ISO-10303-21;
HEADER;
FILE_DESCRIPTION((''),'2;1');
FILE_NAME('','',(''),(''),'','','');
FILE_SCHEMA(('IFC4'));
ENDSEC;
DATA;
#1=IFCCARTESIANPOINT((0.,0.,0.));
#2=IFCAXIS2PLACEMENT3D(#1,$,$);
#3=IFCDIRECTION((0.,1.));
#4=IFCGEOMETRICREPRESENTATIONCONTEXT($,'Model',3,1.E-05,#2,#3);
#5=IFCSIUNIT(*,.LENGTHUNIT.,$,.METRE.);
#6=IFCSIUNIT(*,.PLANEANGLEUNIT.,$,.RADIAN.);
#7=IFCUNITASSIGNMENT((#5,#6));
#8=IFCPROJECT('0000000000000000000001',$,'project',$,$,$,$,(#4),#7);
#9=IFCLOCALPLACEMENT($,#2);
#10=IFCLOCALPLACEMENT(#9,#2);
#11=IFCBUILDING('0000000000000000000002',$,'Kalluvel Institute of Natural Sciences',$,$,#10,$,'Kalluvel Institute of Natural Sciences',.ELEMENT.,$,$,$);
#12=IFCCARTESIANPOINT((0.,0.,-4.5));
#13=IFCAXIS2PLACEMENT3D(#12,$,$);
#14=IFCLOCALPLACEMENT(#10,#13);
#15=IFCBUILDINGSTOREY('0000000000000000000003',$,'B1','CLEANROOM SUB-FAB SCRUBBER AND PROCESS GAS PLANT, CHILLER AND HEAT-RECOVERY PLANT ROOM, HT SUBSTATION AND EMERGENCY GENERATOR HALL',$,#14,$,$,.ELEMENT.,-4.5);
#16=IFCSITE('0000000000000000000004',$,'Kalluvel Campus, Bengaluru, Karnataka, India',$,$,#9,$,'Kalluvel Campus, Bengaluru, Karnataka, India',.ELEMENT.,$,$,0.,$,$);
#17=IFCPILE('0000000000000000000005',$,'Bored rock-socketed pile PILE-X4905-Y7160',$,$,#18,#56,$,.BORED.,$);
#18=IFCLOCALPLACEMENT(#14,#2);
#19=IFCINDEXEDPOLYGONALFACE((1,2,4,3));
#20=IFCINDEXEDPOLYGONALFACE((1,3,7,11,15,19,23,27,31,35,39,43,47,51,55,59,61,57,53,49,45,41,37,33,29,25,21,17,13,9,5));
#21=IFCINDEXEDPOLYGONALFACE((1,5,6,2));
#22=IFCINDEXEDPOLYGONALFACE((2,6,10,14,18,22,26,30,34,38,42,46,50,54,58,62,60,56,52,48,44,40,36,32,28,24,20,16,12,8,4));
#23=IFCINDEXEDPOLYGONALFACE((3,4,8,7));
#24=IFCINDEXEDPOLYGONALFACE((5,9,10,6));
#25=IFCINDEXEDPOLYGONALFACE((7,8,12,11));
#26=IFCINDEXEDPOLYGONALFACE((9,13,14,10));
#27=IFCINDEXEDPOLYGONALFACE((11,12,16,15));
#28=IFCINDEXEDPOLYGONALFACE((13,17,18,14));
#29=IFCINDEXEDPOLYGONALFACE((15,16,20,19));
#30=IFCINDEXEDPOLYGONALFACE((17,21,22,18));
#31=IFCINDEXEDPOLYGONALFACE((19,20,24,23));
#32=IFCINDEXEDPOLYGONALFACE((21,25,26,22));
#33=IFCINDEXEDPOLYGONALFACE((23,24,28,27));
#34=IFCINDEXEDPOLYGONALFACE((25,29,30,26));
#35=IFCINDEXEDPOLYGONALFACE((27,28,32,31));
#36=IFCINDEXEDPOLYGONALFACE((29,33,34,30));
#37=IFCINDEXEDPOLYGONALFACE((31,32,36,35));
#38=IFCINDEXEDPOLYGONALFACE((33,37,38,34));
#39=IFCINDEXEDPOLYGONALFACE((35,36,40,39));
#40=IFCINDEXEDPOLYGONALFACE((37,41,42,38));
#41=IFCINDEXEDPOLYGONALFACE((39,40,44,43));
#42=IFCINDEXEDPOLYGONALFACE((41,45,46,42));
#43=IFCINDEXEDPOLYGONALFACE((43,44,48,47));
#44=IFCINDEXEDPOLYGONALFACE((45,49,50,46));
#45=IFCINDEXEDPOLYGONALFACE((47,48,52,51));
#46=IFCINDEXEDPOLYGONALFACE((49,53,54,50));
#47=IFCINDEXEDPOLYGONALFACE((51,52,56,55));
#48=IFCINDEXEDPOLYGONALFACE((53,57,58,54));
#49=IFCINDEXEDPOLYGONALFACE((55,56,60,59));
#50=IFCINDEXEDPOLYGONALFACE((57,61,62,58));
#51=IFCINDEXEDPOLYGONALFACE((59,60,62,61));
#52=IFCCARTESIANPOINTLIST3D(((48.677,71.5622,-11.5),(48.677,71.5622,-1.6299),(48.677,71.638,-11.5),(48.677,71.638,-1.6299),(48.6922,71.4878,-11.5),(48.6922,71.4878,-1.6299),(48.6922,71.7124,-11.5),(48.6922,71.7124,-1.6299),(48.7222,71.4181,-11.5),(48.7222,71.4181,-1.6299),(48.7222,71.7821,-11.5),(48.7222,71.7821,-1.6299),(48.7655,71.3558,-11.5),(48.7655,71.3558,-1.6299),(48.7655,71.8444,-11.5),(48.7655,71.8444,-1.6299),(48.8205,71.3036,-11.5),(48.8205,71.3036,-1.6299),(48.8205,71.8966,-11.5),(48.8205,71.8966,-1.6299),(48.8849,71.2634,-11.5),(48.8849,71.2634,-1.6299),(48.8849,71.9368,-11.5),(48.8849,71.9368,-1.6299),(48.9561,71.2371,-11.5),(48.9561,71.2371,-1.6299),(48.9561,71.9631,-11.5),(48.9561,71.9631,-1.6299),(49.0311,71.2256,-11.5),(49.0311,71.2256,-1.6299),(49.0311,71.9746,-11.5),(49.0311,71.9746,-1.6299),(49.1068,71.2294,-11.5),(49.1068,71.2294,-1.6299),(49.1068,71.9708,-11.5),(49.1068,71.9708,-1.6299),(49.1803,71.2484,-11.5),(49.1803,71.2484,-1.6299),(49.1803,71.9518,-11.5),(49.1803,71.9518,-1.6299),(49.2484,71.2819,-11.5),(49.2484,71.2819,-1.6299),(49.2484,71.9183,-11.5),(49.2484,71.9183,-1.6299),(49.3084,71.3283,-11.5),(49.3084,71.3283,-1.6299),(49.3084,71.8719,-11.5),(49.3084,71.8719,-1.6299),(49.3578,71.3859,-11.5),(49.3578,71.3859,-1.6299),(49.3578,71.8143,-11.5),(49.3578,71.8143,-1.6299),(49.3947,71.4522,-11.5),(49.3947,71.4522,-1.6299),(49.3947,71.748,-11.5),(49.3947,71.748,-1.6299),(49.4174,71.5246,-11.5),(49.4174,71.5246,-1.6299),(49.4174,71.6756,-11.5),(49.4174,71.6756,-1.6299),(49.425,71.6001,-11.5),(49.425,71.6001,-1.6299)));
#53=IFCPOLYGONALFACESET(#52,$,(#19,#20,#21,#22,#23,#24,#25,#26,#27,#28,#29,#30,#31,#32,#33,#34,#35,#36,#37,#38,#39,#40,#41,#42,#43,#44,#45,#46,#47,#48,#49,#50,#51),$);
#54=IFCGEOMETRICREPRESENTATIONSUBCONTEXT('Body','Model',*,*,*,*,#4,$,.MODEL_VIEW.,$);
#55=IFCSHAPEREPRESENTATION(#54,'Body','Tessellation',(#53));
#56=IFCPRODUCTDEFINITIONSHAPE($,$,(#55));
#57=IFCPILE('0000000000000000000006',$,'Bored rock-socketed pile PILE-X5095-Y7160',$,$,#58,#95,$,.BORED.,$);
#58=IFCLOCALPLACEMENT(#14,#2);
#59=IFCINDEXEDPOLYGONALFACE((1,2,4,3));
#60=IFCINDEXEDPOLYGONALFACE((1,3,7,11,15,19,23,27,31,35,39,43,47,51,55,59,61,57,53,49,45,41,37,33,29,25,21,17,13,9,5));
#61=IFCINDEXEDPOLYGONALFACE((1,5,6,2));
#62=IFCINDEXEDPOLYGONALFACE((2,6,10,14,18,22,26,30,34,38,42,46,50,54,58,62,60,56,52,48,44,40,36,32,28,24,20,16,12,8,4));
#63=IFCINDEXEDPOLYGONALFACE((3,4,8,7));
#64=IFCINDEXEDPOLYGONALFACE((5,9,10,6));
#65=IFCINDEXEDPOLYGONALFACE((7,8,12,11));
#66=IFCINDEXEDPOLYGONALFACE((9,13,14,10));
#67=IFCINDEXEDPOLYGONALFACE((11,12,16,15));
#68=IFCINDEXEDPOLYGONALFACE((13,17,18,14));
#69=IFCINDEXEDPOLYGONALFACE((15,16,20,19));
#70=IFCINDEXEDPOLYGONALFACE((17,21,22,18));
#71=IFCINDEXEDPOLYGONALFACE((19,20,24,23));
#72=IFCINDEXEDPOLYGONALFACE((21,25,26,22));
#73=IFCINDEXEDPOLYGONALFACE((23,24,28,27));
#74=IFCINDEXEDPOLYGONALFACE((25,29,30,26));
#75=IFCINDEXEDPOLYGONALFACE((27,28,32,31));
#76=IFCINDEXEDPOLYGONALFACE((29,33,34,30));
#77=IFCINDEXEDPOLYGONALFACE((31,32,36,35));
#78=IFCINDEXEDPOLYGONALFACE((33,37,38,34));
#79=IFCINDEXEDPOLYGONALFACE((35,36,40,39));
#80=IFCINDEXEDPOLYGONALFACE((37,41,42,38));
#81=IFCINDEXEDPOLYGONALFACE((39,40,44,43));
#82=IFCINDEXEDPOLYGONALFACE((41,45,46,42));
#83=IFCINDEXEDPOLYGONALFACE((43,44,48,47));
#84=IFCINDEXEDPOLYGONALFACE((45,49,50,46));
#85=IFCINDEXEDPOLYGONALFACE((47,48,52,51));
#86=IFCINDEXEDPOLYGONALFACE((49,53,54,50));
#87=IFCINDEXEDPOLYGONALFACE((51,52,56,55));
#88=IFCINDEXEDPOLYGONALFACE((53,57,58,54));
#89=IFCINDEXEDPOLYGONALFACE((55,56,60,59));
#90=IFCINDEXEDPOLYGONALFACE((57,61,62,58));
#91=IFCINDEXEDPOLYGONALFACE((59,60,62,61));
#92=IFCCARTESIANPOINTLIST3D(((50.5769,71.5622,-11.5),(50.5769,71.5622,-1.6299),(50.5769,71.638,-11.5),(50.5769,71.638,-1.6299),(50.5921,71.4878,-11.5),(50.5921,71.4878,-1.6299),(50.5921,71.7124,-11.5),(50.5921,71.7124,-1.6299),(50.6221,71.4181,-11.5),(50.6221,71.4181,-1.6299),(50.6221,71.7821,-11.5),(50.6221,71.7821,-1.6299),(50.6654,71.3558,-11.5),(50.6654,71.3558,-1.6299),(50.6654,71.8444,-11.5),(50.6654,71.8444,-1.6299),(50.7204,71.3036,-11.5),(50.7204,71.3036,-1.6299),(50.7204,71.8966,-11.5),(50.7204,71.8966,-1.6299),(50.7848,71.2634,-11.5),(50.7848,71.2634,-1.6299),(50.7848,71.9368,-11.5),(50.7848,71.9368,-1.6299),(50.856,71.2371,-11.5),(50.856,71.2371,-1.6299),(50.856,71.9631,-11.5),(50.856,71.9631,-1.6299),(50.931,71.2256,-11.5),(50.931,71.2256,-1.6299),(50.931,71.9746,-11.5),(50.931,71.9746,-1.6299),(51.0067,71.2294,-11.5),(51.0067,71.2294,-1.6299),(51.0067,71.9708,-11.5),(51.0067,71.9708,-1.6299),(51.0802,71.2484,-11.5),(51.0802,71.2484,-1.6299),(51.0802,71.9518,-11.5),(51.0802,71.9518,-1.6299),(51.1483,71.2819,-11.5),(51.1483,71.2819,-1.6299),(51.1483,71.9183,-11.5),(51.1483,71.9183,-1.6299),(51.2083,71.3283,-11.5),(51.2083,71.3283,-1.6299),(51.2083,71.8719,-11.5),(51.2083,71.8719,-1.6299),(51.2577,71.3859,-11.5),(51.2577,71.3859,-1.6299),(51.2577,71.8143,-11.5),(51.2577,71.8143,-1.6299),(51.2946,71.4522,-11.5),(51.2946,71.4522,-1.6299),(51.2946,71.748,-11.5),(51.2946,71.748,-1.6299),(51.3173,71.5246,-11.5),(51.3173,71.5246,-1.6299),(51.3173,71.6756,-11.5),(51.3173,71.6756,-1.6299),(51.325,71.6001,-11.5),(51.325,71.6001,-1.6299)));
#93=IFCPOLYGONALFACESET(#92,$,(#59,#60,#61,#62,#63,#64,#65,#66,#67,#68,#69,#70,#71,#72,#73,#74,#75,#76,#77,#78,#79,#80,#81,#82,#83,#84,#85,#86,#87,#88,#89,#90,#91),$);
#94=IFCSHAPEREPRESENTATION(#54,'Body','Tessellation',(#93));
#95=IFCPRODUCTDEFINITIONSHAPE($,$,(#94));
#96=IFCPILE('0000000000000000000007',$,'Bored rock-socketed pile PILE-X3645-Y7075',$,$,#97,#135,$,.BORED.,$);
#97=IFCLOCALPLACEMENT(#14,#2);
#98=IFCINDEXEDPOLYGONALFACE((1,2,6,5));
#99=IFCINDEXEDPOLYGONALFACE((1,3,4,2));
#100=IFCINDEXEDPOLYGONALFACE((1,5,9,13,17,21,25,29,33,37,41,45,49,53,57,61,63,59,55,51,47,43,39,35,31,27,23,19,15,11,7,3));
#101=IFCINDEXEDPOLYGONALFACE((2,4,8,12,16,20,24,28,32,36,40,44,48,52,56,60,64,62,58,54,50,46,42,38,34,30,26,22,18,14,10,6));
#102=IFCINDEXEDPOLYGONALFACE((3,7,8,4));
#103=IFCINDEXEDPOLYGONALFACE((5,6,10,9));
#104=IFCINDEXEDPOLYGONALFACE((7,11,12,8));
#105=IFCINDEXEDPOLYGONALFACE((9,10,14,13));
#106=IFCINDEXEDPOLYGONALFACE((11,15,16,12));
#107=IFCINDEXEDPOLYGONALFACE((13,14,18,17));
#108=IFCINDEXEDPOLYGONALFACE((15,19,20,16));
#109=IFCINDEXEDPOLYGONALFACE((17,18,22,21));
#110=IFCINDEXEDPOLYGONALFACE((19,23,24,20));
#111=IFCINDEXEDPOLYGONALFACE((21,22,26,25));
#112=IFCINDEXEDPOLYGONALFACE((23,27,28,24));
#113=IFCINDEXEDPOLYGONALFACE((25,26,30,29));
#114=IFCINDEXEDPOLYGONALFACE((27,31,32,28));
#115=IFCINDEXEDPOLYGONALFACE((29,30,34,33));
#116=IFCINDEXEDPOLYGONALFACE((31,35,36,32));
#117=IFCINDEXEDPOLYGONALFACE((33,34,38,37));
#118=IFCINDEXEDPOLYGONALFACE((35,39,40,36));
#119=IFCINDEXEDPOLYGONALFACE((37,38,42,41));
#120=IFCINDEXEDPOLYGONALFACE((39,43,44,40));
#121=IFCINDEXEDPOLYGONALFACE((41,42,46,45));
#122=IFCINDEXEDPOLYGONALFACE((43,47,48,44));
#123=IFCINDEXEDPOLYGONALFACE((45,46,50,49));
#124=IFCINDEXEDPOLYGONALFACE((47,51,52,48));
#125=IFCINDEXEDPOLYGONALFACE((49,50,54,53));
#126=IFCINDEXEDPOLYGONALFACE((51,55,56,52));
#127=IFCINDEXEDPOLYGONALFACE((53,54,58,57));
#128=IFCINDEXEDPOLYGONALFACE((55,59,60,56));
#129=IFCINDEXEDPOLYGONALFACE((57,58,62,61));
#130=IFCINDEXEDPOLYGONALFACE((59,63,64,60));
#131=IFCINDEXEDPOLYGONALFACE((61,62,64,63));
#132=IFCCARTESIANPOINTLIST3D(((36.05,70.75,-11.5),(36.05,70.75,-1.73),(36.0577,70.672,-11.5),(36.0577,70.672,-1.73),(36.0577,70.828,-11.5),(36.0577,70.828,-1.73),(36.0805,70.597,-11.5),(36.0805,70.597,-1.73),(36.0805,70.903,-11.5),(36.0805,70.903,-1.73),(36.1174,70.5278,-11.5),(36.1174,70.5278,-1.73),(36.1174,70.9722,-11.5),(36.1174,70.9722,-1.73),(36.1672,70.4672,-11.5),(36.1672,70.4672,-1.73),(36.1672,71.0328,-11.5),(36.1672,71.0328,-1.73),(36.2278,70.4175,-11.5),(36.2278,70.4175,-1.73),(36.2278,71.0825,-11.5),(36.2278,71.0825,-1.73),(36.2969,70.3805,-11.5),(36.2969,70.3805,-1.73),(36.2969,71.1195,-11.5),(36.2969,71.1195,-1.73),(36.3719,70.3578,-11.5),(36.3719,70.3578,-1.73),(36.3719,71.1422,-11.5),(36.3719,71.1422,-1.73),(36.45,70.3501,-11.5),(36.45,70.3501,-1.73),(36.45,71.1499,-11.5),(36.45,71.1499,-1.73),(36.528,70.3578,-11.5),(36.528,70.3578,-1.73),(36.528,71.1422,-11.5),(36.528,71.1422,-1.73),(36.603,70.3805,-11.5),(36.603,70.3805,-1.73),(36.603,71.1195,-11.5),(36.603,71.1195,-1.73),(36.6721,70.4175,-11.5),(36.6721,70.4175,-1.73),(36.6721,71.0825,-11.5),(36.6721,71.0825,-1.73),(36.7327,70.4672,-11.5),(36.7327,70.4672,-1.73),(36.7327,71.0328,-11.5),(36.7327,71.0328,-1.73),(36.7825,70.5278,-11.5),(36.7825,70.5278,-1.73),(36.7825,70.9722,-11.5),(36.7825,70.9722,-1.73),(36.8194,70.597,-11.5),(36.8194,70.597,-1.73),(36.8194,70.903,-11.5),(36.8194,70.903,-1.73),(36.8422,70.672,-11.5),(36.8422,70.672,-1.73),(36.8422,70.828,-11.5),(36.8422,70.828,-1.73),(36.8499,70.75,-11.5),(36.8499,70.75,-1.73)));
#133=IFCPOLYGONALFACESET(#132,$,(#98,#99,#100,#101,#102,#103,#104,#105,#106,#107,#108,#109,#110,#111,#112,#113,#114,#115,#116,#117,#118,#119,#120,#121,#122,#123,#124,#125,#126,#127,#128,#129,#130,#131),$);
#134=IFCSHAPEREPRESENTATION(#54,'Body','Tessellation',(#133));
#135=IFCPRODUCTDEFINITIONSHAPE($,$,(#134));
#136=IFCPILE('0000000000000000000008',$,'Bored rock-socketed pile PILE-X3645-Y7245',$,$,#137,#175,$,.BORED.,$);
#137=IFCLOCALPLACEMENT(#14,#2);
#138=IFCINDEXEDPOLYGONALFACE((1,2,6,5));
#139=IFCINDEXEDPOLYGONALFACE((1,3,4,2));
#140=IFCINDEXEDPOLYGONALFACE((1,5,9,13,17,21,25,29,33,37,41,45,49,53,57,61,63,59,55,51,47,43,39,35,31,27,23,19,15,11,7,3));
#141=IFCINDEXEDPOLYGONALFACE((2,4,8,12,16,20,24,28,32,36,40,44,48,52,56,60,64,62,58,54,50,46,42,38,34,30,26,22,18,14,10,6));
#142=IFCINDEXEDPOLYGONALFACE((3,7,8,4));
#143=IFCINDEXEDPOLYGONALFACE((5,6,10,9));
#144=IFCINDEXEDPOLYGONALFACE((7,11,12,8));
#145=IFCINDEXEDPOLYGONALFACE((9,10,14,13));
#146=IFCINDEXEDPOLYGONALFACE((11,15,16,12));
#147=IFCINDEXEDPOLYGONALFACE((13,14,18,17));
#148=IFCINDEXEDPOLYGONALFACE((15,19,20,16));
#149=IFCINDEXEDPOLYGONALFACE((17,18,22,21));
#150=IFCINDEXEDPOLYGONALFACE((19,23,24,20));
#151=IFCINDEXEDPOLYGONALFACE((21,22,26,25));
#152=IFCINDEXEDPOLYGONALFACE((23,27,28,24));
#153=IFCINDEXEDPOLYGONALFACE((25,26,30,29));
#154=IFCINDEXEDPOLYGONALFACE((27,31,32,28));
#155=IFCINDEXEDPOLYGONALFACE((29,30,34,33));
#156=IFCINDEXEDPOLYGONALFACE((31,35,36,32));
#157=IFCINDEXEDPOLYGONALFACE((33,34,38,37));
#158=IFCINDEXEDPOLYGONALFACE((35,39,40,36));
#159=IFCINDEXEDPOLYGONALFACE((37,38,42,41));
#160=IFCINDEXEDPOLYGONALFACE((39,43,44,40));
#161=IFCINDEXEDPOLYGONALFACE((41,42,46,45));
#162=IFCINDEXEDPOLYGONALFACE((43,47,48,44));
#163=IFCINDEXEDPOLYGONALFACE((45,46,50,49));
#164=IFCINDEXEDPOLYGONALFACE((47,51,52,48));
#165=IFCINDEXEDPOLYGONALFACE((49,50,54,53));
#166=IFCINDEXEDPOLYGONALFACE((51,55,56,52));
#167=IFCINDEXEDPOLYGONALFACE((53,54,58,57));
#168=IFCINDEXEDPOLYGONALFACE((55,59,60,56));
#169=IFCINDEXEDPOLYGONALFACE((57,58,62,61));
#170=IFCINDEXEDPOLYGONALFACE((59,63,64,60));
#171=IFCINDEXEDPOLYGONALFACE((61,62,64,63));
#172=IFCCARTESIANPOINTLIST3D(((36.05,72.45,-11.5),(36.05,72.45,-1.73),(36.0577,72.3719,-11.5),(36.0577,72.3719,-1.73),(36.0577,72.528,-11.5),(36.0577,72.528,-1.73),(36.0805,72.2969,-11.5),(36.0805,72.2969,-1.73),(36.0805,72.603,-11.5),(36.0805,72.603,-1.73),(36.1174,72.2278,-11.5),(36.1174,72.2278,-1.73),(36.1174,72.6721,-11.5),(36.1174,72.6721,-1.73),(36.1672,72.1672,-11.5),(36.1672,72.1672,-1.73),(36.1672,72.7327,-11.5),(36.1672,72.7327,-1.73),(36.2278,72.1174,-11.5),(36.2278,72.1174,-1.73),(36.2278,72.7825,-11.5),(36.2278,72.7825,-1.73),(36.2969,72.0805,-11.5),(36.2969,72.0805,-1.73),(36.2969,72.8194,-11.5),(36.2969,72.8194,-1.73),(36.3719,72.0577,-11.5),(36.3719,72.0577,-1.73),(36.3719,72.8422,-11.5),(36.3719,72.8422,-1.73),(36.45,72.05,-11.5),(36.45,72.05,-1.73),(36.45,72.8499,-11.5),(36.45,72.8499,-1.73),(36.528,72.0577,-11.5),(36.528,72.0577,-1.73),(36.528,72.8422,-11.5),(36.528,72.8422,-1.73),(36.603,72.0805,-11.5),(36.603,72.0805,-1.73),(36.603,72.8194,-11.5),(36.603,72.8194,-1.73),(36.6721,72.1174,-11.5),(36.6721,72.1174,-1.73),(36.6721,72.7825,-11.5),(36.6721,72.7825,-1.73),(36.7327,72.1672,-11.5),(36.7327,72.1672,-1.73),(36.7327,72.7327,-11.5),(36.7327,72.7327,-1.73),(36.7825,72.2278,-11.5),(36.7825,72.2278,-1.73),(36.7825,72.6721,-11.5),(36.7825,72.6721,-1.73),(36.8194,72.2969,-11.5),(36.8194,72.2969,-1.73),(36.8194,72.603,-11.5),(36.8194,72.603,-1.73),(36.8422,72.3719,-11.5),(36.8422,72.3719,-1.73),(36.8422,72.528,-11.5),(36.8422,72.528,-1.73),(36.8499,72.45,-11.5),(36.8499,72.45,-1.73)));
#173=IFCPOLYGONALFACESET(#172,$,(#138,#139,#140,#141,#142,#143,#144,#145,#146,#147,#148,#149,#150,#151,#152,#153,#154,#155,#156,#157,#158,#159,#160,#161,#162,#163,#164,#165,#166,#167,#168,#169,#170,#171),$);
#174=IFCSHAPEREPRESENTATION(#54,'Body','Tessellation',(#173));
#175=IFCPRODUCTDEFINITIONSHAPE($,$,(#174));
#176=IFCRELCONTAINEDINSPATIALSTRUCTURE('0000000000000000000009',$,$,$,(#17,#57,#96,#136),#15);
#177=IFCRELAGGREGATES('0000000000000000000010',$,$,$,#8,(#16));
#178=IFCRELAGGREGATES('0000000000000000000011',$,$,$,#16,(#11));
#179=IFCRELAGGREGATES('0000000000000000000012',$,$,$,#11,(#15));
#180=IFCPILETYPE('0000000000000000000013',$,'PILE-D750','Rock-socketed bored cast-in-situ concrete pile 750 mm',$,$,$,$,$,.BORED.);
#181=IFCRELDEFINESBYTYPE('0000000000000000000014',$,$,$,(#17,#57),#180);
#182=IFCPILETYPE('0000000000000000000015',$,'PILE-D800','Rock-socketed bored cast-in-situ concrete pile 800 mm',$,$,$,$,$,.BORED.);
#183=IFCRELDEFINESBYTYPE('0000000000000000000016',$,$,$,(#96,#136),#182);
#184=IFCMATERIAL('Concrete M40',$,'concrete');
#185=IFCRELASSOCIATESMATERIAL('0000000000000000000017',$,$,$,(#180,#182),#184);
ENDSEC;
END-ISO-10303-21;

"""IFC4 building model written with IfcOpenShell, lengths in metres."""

from ifc_helpers import new_model, si_unit, direction, frame, origin, origin_2d, place, context, subcontext, project, spatial, circle, extrude, material, material_profile, profile_set, type_object, element, save


model = new_model("IFC4")

# Units and contexts
model_context = context("Model", 3, precision=1e-05, world=origin(), true_north=direction((0.0, 1.0)))
body_context = subcontext(model_context, "Body", "Model", "MODEL_VIEW")
ifc_project = project(units=[si_unit("LENGTHUNIT", "METRE"), si_unit("PLANEANGLEUNIT", "RADIAN")], contexts=[model_context])

# Site, building, storey
site_placement = place(None, origin())
site = spatial("IfcSite", under=ifc_project, at=site_placement, Name="Kalluvel Campus, Bengaluru, Karnataka, India", LongName="Kalluvel Campus, Bengaluru, Karnataka, India", CompositionType="ELEMENT", RefElevation=0.0)
building_placement = place(site_placement, origin())
building = spatial("IfcBuilding", under=site, at=building_placement, Name="Kalluvel Institute of Natural Sciences", LongName="Kalluvel Institute of Natural Sciences", CompositionType="ELEMENT")
storey_placement = place(building_placement, frame((0.0, 0.0, -4.5)))
storey = spatial("IfcBuildingStorey", under=building, at=storey_placement, Name="B1", Description="CLEANROOM SUB-FAB SCRUBBER AND PROCESS GAS PLANT, CHILLER AND HEAT-RECOVERY PLANT ROOM, HT SUBSTATION AND EMERGENCY GENERATOR HALL", CompositionType="ELEMENT", Elevation=-4.5)

# Shared definitions
ifc_material_1 = material(Name="Concrete M40", Category="concrete")

# Piles
ifc_material_profile_1 = material_profile(ifc_material_1, circle(Radius=0.375, at=origin_2d()), Name="PILE D750")
ifc_profile_set_1 = profile_set([ifc_material_profile_1], Name="Concrete M40")
pile_type_1 = type_object("IfcPileType", Name="PILE-D750", Description="Rock-socketed bored cast-in-situ concrete pile 750 mm", PredefinedType="BORED", material=ifc_profile_set_1)
for number, where, z_axis, x_axis, name in (
    (1, (49.05, 71.6001, -1.6299), (0.0, 0.0, -1.0), (1.0, 0.0, 0.0), "Bored rock-socketed pile PILE-X4905-Y7160"),
    (2, (50.95, 71.6001, -1.6299), (0.0, 0.0, -1.0), (1.0, 0.0, 0.0), "Bored rock-socketed pile PILE-X5095-Y7160"),
):
    element("IfcPile", number, at=place(storey_placement, frame(where, z_axis=z_axis, x_axis=x_axis)), inside=storey, type_object=pile_type_1, Name=name, PredefinedType="BORED", context=body_context, shape_type="SweptSolid", body=[
        extrude(circle(Radius=0.375, at=origin_2d()), origin(), (0.0, 0.0, 1.0), 9.8701),
    ])
ifc_material_profile_2 = material_profile(ifc_material_1, circle(Radius=0.3999, at=origin_2d()), Name="PILE D800")
ifc_profile_set_2 = profile_set([ifc_material_profile_2], Name="Concrete M40")
pile_type_2 = type_object("IfcPileType", Name="PILE-D800", Description="Rock-socketed bored cast-in-situ concrete pile 800 mm", PredefinedType="BORED", material=ifc_profile_set_2)
for number, where, z_axis, x_axis, name in (
    (3, (36.45, 70.75, -1.73), (0.0, 0.0, -1.0), (1.0, 0.0, 0.0), "Bored rock-socketed pile PILE-X3645-Y7075"),
    (4, (36.45, 72.45, -1.73), (0.0, 0.0, -1.0), (1.0, 0.0, 0.0), "Bored rock-socketed pile PILE-X3645-Y7245"),
):
    element("IfcPile", number, at=place(storey_placement, frame(where, z_axis=z_axis, x_axis=x_axis)), inside=storey, type_object=pile_type_2, Name=name, PredefinedType="BORED", context=body_context, shape_type="SweptSolid", body=[
        extrude(circle(Radius=0.3999, at=origin_2d()), origin(), (0.0, 0.0, 1.0), 9.77),
    ])

save(model, "model.ifc")
